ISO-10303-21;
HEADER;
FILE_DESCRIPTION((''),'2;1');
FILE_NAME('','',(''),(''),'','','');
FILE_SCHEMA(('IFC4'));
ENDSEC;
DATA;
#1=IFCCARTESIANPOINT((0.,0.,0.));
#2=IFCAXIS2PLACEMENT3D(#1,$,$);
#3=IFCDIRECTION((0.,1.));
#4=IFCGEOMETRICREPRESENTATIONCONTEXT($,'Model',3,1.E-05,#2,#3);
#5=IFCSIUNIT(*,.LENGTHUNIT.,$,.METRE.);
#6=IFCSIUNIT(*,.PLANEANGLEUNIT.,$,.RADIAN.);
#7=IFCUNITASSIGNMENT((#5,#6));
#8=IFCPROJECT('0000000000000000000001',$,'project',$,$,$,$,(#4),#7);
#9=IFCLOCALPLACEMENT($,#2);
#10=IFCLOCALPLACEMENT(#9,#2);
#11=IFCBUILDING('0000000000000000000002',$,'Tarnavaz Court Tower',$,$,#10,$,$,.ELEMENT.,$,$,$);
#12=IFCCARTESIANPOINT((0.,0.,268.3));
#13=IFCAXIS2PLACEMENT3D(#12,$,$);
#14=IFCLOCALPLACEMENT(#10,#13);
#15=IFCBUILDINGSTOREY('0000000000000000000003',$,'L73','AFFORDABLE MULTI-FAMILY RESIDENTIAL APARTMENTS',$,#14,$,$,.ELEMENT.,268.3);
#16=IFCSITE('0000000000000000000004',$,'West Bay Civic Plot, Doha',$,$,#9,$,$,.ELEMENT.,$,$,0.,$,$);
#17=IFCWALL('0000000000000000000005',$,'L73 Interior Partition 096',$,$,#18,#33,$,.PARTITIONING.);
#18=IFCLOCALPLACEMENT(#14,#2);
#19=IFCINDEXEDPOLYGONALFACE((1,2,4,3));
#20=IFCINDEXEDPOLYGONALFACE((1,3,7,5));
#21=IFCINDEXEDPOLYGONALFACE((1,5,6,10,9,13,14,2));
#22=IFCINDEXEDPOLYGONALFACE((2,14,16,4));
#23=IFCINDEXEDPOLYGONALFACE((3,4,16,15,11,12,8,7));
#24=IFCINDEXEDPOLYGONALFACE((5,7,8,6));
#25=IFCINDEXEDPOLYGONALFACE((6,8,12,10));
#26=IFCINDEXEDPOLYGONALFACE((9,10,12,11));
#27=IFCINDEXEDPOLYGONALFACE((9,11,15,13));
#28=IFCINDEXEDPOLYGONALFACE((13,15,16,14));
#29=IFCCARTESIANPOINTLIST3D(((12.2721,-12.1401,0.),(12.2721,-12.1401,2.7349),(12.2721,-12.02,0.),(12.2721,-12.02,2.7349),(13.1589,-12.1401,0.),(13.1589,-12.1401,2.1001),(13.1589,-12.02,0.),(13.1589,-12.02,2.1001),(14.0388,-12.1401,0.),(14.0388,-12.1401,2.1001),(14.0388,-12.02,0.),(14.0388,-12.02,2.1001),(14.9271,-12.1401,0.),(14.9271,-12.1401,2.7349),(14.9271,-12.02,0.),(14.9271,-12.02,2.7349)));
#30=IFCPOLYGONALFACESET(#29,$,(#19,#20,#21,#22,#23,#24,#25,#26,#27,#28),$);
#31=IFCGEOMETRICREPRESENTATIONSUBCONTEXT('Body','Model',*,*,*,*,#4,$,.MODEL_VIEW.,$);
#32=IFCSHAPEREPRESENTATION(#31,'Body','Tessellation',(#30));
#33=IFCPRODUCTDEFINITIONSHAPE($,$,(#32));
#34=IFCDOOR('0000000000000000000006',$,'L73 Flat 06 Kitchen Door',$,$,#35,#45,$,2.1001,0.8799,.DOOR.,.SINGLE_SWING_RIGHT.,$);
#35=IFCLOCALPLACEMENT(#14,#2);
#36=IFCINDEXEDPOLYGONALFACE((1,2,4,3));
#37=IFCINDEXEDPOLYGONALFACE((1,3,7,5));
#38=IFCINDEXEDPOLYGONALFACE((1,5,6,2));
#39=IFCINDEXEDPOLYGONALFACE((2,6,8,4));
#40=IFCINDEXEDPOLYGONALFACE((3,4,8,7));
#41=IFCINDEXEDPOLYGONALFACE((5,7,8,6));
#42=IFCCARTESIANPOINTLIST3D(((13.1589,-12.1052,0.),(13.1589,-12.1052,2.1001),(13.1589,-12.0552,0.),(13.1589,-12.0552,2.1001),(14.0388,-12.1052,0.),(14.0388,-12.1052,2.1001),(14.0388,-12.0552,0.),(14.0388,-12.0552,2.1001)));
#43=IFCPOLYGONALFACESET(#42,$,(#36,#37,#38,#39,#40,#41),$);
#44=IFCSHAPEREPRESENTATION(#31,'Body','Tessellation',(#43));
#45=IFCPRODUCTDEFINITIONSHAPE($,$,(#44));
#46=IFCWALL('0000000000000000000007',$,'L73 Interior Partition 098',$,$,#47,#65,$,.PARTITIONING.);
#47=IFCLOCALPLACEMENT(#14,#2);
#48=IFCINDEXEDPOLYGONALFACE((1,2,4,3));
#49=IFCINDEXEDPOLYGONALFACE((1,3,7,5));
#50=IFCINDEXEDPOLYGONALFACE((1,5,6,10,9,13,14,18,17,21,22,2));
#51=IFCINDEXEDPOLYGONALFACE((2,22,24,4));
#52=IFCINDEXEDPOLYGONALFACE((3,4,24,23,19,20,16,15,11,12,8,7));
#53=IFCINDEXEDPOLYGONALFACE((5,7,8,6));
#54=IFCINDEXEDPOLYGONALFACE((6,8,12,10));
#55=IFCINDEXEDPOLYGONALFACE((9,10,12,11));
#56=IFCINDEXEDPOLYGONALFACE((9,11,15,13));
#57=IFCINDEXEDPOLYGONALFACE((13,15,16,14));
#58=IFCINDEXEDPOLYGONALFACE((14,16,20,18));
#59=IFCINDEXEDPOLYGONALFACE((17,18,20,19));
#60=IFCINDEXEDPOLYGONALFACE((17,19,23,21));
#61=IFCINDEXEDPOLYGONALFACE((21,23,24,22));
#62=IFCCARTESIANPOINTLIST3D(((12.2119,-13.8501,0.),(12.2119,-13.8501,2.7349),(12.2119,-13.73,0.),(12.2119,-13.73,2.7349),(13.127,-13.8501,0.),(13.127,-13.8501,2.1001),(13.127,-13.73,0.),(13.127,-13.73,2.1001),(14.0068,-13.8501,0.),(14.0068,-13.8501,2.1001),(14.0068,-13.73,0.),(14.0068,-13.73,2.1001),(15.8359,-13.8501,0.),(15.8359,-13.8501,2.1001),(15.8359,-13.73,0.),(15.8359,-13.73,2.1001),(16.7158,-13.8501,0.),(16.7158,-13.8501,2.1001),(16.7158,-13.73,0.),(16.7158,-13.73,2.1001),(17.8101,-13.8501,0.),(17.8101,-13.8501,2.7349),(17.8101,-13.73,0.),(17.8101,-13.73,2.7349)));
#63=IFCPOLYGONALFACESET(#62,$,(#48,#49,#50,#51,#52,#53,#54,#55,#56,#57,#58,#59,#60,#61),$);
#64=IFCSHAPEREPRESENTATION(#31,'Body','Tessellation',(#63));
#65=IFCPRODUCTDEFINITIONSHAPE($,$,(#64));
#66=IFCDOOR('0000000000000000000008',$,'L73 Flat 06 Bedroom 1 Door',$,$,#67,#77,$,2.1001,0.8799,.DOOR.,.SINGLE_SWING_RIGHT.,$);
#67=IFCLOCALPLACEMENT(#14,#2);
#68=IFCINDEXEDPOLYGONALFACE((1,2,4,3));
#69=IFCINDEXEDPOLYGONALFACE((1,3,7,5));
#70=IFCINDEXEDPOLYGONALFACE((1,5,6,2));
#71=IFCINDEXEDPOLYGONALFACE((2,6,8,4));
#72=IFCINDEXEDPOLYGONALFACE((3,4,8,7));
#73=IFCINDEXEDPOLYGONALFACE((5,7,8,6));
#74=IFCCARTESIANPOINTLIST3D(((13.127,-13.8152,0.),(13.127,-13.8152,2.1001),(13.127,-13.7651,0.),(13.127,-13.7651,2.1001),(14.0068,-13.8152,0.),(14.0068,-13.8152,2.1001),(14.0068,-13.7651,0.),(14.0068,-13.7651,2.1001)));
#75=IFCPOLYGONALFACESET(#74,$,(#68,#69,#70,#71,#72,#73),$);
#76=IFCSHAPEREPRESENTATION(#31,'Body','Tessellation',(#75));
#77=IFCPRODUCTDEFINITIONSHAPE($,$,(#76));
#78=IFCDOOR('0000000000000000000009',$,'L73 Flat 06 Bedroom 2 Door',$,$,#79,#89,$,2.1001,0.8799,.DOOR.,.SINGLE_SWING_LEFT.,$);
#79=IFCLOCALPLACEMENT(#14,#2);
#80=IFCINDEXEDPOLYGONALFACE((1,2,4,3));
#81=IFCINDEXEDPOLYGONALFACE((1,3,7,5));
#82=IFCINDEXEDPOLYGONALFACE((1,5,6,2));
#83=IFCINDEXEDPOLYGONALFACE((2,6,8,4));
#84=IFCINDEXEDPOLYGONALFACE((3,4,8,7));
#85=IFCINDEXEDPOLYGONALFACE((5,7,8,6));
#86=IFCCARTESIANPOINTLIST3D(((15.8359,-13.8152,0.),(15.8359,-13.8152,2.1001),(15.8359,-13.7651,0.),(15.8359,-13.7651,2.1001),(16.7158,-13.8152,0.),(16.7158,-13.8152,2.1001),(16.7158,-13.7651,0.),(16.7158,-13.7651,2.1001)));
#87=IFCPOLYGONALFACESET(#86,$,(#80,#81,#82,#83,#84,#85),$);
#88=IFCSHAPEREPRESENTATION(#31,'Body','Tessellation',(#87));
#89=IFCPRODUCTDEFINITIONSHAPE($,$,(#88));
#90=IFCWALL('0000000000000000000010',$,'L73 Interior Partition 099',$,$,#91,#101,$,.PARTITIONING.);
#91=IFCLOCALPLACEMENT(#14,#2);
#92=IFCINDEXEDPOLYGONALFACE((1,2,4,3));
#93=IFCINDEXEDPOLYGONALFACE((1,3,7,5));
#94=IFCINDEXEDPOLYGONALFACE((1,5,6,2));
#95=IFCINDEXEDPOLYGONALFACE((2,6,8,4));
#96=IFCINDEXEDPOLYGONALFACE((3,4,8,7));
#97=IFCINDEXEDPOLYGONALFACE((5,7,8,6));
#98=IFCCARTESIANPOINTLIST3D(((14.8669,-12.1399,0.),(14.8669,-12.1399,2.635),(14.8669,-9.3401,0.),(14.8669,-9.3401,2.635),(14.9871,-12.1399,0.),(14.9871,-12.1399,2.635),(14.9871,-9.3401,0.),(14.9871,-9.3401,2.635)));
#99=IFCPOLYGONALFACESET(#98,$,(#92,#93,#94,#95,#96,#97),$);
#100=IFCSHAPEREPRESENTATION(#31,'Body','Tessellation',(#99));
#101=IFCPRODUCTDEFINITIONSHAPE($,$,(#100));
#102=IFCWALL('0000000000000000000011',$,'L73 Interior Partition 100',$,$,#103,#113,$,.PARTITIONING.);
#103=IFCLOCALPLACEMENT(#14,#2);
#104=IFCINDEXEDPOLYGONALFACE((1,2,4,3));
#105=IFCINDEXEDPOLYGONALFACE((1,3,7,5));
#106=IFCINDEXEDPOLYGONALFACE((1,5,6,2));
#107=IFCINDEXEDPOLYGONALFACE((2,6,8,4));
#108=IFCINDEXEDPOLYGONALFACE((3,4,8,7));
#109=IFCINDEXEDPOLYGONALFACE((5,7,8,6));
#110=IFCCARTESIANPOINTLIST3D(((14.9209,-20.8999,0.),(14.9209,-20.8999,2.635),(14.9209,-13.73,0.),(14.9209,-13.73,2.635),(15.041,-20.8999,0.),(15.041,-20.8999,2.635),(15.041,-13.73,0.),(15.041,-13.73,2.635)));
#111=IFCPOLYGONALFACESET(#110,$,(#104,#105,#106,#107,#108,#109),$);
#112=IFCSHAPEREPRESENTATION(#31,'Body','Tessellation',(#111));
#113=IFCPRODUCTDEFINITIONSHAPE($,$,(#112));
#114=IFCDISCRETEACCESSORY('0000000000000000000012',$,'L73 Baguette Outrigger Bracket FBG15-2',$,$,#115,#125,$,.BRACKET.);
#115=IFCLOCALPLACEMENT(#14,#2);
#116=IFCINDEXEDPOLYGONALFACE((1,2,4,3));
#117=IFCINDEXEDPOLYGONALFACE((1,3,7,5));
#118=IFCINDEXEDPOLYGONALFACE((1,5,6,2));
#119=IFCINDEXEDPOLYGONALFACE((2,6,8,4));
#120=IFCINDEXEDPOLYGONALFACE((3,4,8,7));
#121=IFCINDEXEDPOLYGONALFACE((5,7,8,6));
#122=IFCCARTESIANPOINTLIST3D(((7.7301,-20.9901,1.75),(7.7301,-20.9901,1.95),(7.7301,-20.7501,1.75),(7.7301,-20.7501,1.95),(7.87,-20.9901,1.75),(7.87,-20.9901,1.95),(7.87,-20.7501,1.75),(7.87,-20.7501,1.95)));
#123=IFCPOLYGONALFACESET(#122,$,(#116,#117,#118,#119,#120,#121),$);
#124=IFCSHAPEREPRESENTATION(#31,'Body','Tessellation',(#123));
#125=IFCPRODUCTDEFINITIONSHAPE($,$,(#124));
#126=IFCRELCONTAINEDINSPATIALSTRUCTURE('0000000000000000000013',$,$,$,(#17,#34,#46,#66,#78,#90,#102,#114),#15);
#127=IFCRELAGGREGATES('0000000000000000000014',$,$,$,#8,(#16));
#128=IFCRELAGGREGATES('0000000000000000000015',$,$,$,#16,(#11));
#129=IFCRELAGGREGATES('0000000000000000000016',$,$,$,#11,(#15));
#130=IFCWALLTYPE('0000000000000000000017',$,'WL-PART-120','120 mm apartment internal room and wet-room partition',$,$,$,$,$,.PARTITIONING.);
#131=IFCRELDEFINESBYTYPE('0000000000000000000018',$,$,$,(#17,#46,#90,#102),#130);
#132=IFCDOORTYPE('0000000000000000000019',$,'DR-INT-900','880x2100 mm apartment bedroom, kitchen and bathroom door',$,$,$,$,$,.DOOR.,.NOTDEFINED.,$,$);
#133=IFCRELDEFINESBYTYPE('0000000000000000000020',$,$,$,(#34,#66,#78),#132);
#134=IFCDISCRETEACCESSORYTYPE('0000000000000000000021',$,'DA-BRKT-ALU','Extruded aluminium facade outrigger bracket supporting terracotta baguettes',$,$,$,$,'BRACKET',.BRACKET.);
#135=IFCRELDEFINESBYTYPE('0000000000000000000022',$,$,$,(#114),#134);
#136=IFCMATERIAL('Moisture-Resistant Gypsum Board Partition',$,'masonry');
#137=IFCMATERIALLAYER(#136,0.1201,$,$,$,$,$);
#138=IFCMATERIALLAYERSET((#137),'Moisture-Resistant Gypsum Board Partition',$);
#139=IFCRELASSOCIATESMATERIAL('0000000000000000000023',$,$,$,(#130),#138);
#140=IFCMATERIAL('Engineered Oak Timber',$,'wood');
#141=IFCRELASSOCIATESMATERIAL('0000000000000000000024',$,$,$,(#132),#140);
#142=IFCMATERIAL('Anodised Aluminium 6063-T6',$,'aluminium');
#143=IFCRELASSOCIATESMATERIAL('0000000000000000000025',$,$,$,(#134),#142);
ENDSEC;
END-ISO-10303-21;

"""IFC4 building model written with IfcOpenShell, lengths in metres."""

from ifc_helpers import new_model, si_unit, direction, frame, frame_2d, origin, origin_2d, place, context, subcontext, project, spatial, rectangle, extrude, material, layer, layer_set, type_object, element, fill, save


model = new_model("IFC4")

# Units and contexts
model_context = context("Model", 3, precision=1e-05, world=origin(), true_north=direction((0.0, 1.0)))
body_context = subcontext(model_context, "Body", "Model", "MODEL_VIEW")
ifc_project = project(units=[si_unit("LENGTHUNIT", "METRE"), si_unit("PLANEANGLEUNIT", "RADIAN")], contexts=[model_context])

# Site, building, storey
site_placement = place(None, origin())
site = spatial("IfcSite", under=ifc_project, at=site_placement, Name="West Bay Civic Plot, Doha", CompositionType="ELEMENT", RefElevation=0.0)
building_placement = place(site_placement, origin())
building = spatial("IfcBuilding", under=site, at=building_placement, Name="Tarnavaz Court Tower", CompositionType="ELEMENT")
storey_placement = place(building_placement, frame((0.0, 0.0, 268.3)))
storey = spatial("IfcBuildingStorey", under=building, at=storey_placement, Name="L73", Description="AFFORDABLE MULTI-FAMILY RESIDENTIAL APARTMENTS", CompositionType="ELEMENT", Elevation=268.3)

# Wall, opening, door
ifc_material_1 = material(Name="Moisture-Resistant Gypsum Board Partition", Category="masonry")
ifc_layer_1 = layer(ifc_material_1, 0.1201)
ifc_layer_set_1 = layer_set([ifc_layer_1], Name="Moisture-Resistant Gypsum Board Partition")
wall_type_1 = type_object("IfcWallType", Name="WL-PART-120", Description="120 mm apartment internal room and wet-room partition", PredefinedType="PARTITIONING", material=ifc_layer_set_1)
ifc_material_2 = material(Name="Engineered Oak Timber", Category="wood")
wall_1_placement = place(storey_placement, frame((12.272, -12.0801, 0.0), z_axis=(0.0, 0.0, 1.0), x_axis=(1.0, 0.0, 0.0)))
wall_1 = element("IfcWall", 1, at=wall_1_placement, inside=storey, type_object=wall_type_1, Name="L73 Interior Partition 096", PredefinedType="PARTITIONING", context=body_context, shape_type="SweptSolid", body=[
    extrude(rectangle(XDim=2.655, YDim=0.1201, at=frame_2d((1.3276, 0.0))), origin(), (0.0, 0.0, 1.0), 2.7349),
])
opening_1_placement = place(wall_1_placement, frame((0.887, 0.0, 0.0)))
opening_1 = element("IfcOpeningElement", 2, at=opening_1_placement, cuts=wall_1, PredefinedType="OPENING", context=body_context, shape_type="SweptSolid", body=[
    extrude(rectangle(XDim=0.8799, YDim=2.1001, at=frame_2d((0.4399, 1.05))), frame((0.0, 0.0701, 0.0), z_axis=(0.0, -1.0, 0.0), x_axis=(1.0, 0.0, 0.0)), (0.0, 0.0, 1.0), 0.1401),
])
door_type_1 = type_object("IfcDoorType", Name="DR-INT-900", Description="880x2100 mm apartment bedroom, kitchen and bathroom door", OperationType="NOTDEFINED", PredefinedType="DOOR", material=ifc_material_2)
door_1_placement = place(opening_1_placement, origin())
door_1 = element("IfcDoor", 3, at=door_1_placement, inside=storey, type_object=door_type_1, Name="L73 Flat 06 Kitchen Door", OperationType="SINGLE_SWING_RIGHT", OverallHeight=2.1001, OverallWidth=0.8799, PredefinedType="DOOR", context=body_context, shape_type="SweptSolid", body=[
    extrude(rectangle(XDim=0.8799, YDim=2.1001, at=frame_2d((0.4399, 1.05))), frame((0.0, 0.0249, 0.0), z_axis=(0.0, -1.0, 0.0), x_axis=(1.0, 0.0, 0.0)), (0.0, 0.0, 1.0), 0.05),
])
fill(opening_1, door_1)

# Wall, openings, doors
wall_2_placement = place(storey_placement, frame((12.2119, -13.79, 0.0), z_axis=(0.0, 0.0, 1.0), x_axis=(1.0, 0.0, 0.0)))
wall_2 = element("IfcWall", 4, at=wall_2_placement, inside=storey, type_object=wall_type_1, Name="L73 Interior Partition 098", PredefinedType="PARTITIONING", context=body_context, shape_type="SweptSolid", body=[
    extrude(rectangle(XDim=5.5981, YDim=0.1201, at=frame_2d((2.7991, 0.0))), origin(), (0.0, 0.0, 1.0), 2.7349),
])
opening_2_placement = place(wall_2_placement, frame((0.915, 0.0, 0.0)))
opening_2 = element("IfcOpeningElement", 5, at=opening_2_placement, cuts=wall_2, PredefinedType="OPENING", context=body_context, shape_type="SweptSolid", body=[
    extrude(rectangle(XDim=0.8799, YDim=2.1001, at=frame_2d((0.4399, 1.05))), frame((0.0, 0.0701, 0.0), z_axis=(0.0, -1.0, 0.0), x_axis=(1.0, 0.0, 0.0)), (0.0, 0.0, 1.0), 0.1401),
])
opening_3_placement = place(wall_2_placement, frame((3.624, 0.0, 0.0)))
opening_3 = element("IfcOpeningElement", 6, at=opening_3_placement, cuts=wall_2, PredefinedType="OPENING", context=body_context, shape_type="SweptSolid", body=[
    extrude(rectangle(XDim=0.8799, YDim=2.1001, at=frame_2d((0.4399, 1.05))), frame((0.0, 0.0701, 0.0), z_axis=(0.0, -1.0, 0.0), x_axis=(1.0, 0.0, 0.0)), (0.0, 0.0, 1.0), 0.1401),
])
door_2_placement = place(opening_2_placement, origin())
door_2 = element("IfcDoor", 7, at=door_2_placement, inside=storey, type_object=door_type_1, Name="L73 Flat 06 Bedroom 1 Door", OperationType="SINGLE_SWING_RIGHT", OverallHeight=2.1001, OverallWidth=0.8799, PredefinedType="DOOR", context=body_context, shape_type="SweptSolid", body=[
    extrude(rectangle(XDim=0.8799, YDim=2.1001, at=frame_2d((0.4399, 1.05))), frame((0.0, 0.0249, 0.0), z_axis=(0.0, -1.0, 0.0), x_axis=(1.0, 0.0, 0.0)), (0.0, 0.0, 1.0), 0.05),
])
fill(opening_2, door_2)
door_3_placement = place(opening_3_placement, origin())
door_3 = element("IfcDoor", 8, at=door_3_placement, inside=storey, type_object=door_type_1, Name="L73 Flat 06 Bedroom 2 Door", OperationType="SINGLE_SWING_LEFT", OverallHeight=2.1001, OverallWidth=0.8799, PredefinedType="DOOR", context=body_context, shape_type="SweptSolid", body=[
    extrude(rectangle(XDim=0.8799, YDim=2.1001, at=frame_2d((0.4399, 1.05))), frame((0.0, 0.0249, 0.0), z_axis=(0.0, -1.0, 0.0), x_axis=(1.0, 0.0, 0.0)), (0.0, 0.0, 1.0), 0.05),
])
fill(opening_3, door_3)

# Walls
wall_3_placement = place(storey_placement, frame((14.927, -12.1399, 0.0), z_axis=(0.0, 0.0, 1.0), x_axis=(0.0, 1.0, 0.0)))
element("IfcWall", 9, at=wall_3_placement, inside=storey, type_object=wall_type_1, Name="L73 Interior Partition 099", PredefinedType="PARTITIONING", context=body_context, shape_type="SweptSolid", body=[
    extrude(rectangle(XDim=2.7998, YDim=0.1201, at=frame_2d((1.3999, 0.0))), origin(), (0.0, 0.0, 1.0), 2.635),
])
wall_4_placement = place(storey_placement, frame((14.981, -20.8999, 0.0), z_axis=(0.0, 0.0, 1.0), x_axis=(0.0, 1.0, 0.0)))
element("IfcWall", 10, at=wall_4_placement, inside=storey, type_object=wall_type_1, Name="L73 Interior Partition 100", PredefinedType="PARTITIONING", context=body_context, shape_type="SweptSolid", body=[
    extrude(rectangle(XDim=7.1699, YDim=0.1201, at=frame_2d((3.585, 0.0))), origin(), (0.0, 0.0, 1.0), 2.635),
])

# Discrete accessory
ifc_material_3 = material(Name="Anodised Aluminium 6063-T6", Category="aluminium")
discrete_accessory_type = type_object("IfcDiscreteAccessoryType", Name="DA-BRKT-ALU", Description="Extruded aluminium facade outrigger bracket supporting terracotta baguettes", ElementType="BRACKET", PredefinedType="BRACKET", material=ifc_material_3)
discrete_accessory_placement = place(storey_placement, frame((7.8, -20.8701, 1.75), z_axis=(0.0, 0.0, 1.0), x_axis=(-1.0, 0.0, 0.0)))
element("IfcDiscreteAccessory", 11, at=discrete_accessory_placement, inside=storey, type_object=discrete_accessory_type, Name="L73 Baguette Outrigger Bracket FBG15-2", PredefinedType="BRACKET", context=body_context, shape_type="SweptSolid", body=[
    extrude(rectangle(XDim=0.1399, YDim=0.24, at=origin_2d()), origin(), (0.0, 0.0, 1.0), 0.2),
])

save(model, "model.ifc")
